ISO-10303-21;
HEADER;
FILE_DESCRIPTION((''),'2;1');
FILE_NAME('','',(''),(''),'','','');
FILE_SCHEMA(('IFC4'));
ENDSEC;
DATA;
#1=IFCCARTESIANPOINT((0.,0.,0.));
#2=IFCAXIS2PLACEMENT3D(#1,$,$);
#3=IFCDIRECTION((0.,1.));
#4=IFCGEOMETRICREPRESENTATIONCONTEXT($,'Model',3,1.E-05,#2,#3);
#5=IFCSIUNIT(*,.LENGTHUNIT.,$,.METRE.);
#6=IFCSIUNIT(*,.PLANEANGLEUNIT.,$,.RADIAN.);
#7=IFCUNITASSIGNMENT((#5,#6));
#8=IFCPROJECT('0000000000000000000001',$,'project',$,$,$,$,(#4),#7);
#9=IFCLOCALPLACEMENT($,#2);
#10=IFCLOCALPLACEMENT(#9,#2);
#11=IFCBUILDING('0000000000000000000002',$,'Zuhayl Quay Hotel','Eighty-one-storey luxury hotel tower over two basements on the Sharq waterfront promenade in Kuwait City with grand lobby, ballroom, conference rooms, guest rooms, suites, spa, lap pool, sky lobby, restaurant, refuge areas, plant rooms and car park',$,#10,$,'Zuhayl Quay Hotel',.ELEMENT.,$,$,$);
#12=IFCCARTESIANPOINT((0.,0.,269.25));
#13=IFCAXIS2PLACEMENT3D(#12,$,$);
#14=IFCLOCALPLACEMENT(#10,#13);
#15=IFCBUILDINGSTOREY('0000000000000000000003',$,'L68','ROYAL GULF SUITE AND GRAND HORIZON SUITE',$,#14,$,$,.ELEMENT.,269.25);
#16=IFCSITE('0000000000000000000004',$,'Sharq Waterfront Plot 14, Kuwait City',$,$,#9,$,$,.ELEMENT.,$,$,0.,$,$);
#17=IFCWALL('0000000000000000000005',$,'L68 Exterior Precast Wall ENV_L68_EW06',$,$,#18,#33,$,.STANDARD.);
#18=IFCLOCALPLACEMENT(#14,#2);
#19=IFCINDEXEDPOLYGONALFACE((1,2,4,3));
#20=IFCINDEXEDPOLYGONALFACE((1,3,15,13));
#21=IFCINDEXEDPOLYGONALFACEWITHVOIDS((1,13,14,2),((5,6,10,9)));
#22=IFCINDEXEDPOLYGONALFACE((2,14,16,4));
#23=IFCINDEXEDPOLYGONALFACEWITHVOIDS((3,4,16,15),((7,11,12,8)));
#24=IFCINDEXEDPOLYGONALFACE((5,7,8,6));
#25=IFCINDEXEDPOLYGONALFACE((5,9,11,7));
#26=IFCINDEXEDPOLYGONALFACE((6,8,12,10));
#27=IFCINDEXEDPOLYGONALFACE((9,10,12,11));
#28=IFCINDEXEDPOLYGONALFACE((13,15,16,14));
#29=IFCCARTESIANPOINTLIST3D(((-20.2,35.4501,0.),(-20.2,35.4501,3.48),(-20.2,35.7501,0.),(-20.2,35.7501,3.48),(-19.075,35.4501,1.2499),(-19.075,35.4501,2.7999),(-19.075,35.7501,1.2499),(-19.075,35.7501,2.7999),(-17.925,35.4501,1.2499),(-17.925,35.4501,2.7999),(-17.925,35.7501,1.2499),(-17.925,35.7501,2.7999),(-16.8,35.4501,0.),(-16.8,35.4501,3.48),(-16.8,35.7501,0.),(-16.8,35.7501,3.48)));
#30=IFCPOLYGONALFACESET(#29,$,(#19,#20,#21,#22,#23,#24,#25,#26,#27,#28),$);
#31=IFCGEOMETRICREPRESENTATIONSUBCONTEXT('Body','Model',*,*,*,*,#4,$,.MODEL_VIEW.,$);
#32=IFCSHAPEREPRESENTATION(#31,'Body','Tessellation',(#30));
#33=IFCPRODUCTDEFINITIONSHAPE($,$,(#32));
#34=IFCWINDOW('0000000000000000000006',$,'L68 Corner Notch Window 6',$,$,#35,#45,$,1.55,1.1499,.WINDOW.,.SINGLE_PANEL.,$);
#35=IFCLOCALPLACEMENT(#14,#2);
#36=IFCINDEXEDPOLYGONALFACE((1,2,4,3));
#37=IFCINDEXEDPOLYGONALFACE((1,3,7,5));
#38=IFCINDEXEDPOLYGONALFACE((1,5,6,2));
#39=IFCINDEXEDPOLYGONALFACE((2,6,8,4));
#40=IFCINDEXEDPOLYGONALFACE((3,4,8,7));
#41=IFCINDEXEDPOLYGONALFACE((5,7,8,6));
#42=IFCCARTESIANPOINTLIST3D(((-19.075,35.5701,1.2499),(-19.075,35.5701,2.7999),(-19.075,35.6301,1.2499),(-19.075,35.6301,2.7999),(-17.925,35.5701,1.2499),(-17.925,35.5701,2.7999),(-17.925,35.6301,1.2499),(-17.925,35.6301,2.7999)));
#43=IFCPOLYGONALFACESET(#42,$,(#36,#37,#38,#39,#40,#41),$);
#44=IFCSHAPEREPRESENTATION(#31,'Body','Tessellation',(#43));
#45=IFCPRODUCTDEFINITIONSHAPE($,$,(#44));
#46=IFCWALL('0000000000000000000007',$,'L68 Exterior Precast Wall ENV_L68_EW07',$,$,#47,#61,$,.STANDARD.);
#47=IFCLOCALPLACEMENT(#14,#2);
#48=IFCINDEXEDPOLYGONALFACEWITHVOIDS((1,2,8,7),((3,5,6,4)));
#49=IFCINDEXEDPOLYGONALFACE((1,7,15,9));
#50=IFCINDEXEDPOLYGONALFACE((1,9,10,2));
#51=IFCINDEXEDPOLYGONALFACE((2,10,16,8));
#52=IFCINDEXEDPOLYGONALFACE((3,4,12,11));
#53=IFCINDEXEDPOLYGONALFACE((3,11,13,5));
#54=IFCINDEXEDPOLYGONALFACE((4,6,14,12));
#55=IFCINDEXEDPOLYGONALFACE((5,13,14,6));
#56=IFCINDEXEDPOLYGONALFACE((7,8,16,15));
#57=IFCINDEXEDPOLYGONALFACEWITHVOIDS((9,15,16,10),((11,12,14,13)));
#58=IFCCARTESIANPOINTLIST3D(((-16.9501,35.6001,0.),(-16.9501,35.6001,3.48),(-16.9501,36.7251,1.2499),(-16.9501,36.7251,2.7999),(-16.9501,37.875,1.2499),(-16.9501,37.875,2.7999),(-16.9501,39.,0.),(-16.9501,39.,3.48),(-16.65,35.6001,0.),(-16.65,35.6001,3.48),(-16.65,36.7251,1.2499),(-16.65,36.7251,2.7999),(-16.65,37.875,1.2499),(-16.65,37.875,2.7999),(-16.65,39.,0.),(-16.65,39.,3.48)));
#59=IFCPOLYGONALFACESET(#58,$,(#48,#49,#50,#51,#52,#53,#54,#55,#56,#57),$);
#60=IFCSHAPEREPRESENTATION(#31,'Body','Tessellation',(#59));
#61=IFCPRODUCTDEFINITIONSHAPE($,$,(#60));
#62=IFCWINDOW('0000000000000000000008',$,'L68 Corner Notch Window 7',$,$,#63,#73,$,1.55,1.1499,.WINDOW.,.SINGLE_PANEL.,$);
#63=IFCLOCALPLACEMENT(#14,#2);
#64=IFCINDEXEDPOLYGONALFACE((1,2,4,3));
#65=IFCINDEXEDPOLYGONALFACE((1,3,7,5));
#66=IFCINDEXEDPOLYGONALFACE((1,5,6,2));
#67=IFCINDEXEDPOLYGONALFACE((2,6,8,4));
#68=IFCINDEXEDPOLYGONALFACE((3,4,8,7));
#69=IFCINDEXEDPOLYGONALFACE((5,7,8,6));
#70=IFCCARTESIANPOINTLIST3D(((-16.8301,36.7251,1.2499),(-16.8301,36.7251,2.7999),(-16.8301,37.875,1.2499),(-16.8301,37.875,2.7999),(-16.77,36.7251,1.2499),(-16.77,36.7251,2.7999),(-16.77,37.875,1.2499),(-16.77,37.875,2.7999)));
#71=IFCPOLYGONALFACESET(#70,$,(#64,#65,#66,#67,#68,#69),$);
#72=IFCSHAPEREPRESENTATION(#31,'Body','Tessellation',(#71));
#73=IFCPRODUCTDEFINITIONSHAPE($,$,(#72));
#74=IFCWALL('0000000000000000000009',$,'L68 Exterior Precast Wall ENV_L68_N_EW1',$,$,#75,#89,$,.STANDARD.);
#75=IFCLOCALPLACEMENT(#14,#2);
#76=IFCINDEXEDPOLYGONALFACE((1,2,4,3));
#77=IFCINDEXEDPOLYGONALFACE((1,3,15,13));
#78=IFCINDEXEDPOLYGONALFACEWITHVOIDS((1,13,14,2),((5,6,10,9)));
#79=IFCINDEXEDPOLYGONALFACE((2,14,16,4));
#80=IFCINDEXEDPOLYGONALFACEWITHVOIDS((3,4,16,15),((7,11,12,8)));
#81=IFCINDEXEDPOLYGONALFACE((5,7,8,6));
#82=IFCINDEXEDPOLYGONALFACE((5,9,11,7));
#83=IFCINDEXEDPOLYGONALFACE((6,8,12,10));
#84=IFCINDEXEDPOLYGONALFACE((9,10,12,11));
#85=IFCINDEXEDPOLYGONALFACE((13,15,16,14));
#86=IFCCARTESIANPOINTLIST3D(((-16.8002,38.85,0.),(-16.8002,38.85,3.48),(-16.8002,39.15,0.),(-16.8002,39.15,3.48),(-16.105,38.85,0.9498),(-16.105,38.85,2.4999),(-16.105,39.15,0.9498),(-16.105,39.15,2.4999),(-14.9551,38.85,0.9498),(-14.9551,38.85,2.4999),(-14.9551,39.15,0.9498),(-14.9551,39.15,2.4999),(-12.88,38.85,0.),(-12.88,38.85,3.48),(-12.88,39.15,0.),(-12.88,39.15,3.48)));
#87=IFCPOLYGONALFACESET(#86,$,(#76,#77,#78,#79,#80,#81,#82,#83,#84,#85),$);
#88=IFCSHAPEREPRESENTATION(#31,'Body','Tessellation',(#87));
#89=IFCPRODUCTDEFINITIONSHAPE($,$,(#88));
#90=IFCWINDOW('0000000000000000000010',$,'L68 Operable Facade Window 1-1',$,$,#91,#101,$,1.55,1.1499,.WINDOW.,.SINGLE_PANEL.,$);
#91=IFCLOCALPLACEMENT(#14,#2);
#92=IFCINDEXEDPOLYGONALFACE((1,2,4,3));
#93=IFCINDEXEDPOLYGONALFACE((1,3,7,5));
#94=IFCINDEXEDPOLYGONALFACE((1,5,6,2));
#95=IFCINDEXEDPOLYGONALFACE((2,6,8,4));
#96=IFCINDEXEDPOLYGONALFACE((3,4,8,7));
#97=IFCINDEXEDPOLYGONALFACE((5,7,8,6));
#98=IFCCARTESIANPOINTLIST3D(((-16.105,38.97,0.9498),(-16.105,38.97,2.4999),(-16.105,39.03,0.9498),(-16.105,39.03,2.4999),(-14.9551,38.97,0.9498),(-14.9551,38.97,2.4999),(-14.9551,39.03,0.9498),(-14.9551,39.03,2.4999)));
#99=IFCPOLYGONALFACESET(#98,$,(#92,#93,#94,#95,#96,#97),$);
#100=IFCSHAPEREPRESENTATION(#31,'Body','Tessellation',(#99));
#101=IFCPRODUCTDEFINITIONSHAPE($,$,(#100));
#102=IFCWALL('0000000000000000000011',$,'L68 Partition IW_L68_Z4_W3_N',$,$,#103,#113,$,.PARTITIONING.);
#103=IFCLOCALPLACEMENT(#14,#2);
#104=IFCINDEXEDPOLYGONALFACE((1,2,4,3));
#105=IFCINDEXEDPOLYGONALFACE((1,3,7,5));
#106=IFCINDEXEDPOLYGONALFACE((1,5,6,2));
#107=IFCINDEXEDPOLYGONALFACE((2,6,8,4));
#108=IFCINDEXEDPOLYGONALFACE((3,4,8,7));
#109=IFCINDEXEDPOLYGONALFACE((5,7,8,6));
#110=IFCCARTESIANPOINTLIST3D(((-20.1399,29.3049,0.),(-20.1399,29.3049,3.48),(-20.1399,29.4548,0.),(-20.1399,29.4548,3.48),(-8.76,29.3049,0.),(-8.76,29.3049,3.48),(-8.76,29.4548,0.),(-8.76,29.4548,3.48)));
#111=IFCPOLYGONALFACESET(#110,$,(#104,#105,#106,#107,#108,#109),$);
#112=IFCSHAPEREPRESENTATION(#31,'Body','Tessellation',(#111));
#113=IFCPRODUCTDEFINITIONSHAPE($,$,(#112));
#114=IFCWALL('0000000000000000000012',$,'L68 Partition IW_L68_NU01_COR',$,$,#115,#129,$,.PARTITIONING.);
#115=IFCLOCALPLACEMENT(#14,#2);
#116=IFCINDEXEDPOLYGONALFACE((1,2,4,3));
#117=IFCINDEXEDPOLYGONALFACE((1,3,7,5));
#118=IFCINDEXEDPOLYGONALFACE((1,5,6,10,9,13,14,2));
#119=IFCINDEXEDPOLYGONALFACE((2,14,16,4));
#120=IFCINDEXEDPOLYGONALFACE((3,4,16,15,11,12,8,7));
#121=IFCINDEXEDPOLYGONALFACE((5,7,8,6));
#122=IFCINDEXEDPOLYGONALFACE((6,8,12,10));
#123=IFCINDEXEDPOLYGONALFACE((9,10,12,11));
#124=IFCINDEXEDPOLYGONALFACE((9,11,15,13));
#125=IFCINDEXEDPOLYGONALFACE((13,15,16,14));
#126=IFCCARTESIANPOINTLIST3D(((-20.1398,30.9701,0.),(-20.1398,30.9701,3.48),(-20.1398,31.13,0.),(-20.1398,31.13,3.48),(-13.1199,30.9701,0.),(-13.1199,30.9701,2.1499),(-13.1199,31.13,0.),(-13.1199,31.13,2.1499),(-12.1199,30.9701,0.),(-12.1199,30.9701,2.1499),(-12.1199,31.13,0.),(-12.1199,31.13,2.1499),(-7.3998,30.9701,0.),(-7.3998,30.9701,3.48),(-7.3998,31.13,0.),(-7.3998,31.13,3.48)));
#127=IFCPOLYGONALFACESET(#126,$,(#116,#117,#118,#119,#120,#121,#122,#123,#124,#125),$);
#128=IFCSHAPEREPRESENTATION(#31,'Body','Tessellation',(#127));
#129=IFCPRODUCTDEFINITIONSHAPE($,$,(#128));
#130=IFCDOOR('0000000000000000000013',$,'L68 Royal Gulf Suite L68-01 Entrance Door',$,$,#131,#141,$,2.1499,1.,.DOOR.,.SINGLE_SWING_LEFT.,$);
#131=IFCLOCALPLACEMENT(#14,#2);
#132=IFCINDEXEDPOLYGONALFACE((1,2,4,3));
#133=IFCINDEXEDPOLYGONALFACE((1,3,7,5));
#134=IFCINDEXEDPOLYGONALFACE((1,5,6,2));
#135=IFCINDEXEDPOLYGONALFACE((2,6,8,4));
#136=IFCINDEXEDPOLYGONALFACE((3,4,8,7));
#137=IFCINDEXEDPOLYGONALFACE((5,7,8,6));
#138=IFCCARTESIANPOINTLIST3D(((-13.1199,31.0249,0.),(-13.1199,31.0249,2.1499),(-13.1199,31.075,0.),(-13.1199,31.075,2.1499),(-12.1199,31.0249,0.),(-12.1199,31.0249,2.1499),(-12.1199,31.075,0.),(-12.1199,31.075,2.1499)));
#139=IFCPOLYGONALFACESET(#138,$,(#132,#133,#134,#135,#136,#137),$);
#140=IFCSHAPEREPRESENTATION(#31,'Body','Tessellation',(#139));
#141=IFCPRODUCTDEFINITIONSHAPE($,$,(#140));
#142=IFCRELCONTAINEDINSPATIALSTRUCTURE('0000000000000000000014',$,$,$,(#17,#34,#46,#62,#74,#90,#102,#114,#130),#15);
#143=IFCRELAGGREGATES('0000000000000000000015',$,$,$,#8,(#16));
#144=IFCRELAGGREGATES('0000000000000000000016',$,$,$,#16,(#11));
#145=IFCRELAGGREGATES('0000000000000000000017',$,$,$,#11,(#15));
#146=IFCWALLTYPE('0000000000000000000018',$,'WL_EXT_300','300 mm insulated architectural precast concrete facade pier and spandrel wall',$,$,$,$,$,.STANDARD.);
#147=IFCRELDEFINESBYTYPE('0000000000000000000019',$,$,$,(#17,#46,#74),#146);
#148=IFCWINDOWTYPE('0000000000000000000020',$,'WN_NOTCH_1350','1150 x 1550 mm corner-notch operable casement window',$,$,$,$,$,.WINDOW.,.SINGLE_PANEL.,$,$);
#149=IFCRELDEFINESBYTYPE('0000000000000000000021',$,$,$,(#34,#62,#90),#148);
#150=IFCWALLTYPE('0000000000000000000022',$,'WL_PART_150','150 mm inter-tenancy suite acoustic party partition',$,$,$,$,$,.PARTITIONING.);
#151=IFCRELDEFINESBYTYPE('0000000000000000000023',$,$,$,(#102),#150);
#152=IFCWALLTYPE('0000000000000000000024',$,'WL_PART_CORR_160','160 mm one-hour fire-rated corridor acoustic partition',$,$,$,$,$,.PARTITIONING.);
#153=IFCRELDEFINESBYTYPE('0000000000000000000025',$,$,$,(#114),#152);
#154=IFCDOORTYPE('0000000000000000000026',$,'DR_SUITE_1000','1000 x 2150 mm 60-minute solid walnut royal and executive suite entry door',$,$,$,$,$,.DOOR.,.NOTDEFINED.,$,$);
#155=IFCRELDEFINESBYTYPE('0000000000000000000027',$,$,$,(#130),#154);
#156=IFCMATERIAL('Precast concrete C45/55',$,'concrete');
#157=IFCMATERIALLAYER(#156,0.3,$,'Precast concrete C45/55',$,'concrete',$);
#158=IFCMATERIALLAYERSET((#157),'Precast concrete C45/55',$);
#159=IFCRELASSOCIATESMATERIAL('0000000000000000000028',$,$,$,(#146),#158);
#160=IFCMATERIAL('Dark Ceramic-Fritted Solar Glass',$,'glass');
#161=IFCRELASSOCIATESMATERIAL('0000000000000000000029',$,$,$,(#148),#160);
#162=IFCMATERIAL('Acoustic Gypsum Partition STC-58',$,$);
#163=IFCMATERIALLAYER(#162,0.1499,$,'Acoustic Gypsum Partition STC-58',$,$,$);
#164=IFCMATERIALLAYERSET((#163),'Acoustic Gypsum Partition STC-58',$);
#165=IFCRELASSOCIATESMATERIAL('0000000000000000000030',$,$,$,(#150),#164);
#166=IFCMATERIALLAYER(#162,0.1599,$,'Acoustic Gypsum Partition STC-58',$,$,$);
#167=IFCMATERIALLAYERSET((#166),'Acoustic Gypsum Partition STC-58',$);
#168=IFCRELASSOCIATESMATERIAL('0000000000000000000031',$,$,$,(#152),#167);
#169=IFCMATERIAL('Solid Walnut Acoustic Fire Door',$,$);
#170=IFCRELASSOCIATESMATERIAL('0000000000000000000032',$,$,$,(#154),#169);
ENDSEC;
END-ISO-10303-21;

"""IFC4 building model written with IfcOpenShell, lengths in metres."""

from ifc_helpers import new_model, si_unit, direction, frame, frame_2d, origin, place, context, subcontext, project, spatial, rectangle, extrude, material, layer, layer_set, type_object, element, fill, save


model = new_model("IFC4")

# Units and contexts
model_context = context("Model", 3, precision=1e-05, world=origin(), true_north=direction((0.0, 1.0)))
body_context = subcontext(model_context, "Body", "Model", "MODEL_VIEW")
ifc_project = project(units=[si_unit("LENGTHUNIT", "METRE"), si_unit("PLANEANGLEUNIT", "RADIAN")], contexts=[model_context])

# Site, building, storey
site_placement = place(None, origin())
site = spatial("IfcSite", under=ifc_project, at=site_placement, Name="Sharq Waterfront Plot 14, Kuwait City", CompositionType="ELEMENT", RefElevation=0.0)
building_placement = place(site_placement, origin())
building = spatial("IfcBuilding", under=site, at=building_placement, Name="Zuhayl Quay Hotel", Description="Eighty-one-storey luxury hotel tower over two basements on the Sharq waterfront promenade in Kuwait City with grand lobby, ballroom, conference rooms, guest rooms, suites, spa, lap pool, sky lobby, restaurant, refuge areas, plant rooms and car park", LongName="Zuhayl Quay Hotel", CompositionType="ELEMENT")
storey_placement = place(building_placement, frame((0.0, 0.0, 269.25)))
storey = spatial("IfcBuildingStorey", under=building, at=storey_placement, Name="L68", Description="ROYAL GULF SUITE AND GRAND HORIZON SUITE", CompositionType="ELEMENT", Elevation=269.25)

# Shared definitions
ifc_material_1 = material(Name="Dark Ceramic-Fritted Solar Glass", Category="glass")

# Walls, openings, windows
ifc_material_2 = material(Name="Precast concrete C45/55", Category="concrete")
ifc_layer_1 = layer(ifc_material_2, 0.3, Name="Precast concrete C45/55", Category="concrete")
ifc_layer_set_1 = layer_set([ifc_layer_1], Name="Precast concrete C45/55")
wall_type_1 = type_object("IfcWallType", Name="WL_EXT_300", Description="300 mm insulated architectural precast concrete facade pier and spandrel wall", PredefinedType="STANDARD", material=ifc_layer_set_1)
wall_1_placement = place(storey_placement, frame((-20.2, 35.6001, 0.0), z_axis=(0.0, 0.0, 1.0), x_axis=(1.0, 0.0, 0.0)))
wall_1 = element("IfcWall", 1, at=wall_1_placement, inside=storey, type_object=wall_type_1, Name="L68 Exterior Precast Wall ENV_L68_EW06", PredefinedType="STANDARD", context=body_context, shape_type="SweptSolid", body=[
    extrude(rectangle(XDim=3.3999, YDim=0.3, at=frame_2d((1.7, 0.0))), origin(), (0.0, 0.0, 1.0), 3.48),
])
opening_1_placement = place(wall_1_placement, frame((1.125, 0.0, 1.25)))
opening_1 = element("IfcOpeningElement", 2, at=opening_1_placement, cuts=wall_1, PredefinedType="OPENING", context=body_context, shape_type="SweptSolid", body=[
    extrude(rectangle(XDim=1.1499, YDim=1.55, at=frame_2d((0.575, 0.7749))), frame((0.0, 0.1599, 0.0), z_axis=(0.0, -1.0, 0.0), x_axis=(1.0, 0.0, 0.0)), (0.0, 0.0, 1.0), 0.3201),
])
window_type = type_object("IfcWindowType", Name="WN_NOTCH_1350", Description="1150 x 1550 mm corner-notch operable casement window", PartitioningType="SINGLE_PANEL", PredefinedType="WINDOW", material=ifc_material_1)
window_1_placement = place(opening_1_placement, origin())
window_1 = element("IfcWindow", 3, at=window_1_placement, inside=storey, type_object=window_type, Name="L68 Corner Notch Window 6", OverallHeight=1.55, OverallWidth=1.1499, PartitioningType="SINGLE_PANEL", PredefinedType="WINDOW", context=body_context, shape_type="SweptSolid", body=[
    extrude(rectangle(XDim=1.1499, YDim=1.55, at=frame_2d((0.575, 0.7749))), frame((0.0, 0.03, 0.0), z_axis=(0.0, -1.0, 0.0), x_axis=(1.0, 0.0, 0.0)), (0.0, 0.0, 1.0), 0.0601),
])
fill(opening_1, window_1)
wall_2_placement = place(storey_placement, frame((-16.8, 35.6001, 0.0), z_axis=(0.0, 0.0, 1.0), x_axis=(0.0, 1.0, 0.0)))
wall_2 = element("IfcWall", 4, at=wall_2_placement, inside=storey, type_object=wall_type_1, Name="L68 Exterior Precast Wall ENV_L68_EW07", PredefinedType="STANDARD", context=body_context, shape_type="SweptSolid", body=[
    extrude(rectangle(XDim=3.3999, YDim=0.3, at=frame_2d((1.7, 0.0))), origin(), (0.0, 0.0, 1.0), 3.48),
])
opening_2_placement = place(wall_2_placement, frame((1.125, 0.0, 1.25)))
opening_2 = element("IfcOpeningElement", 5, at=opening_2_placement, cuts=wall_2, PredefinedType="OPENING", context=body_context, shape_type="SweptSolid", body=[
    extrude(rectangle(XDim=1.1499, YDim=1.55, at=frame_2d((0.575, 0.7749))), frame((0.0, 0.1599, 0.0), z_axis=(0.0, -1.0, 0.0), x_axis=(1.0, 0.0, 0.0)), (0.0, 0.0, 1.0), 0.3201),
])
window_2_placement = place(opening_2_placement, origin())
window_2 = element("IfcWindow", 6, at=window_2_placement, inside=storey, type_object=window_type, Name="L68 Corner Notch Window 7", OverallHeight=1.55, OverallWidth=1.1499, PartitioningType="SINGLE_PANEL", PredefinedType="WINDOW", context=body_context, shape_type="SweptSolid", body=[
    extrude(rectangle(XDim=1.1499, YDim=1.55, at=frame_2d((0.575, 0.7749))), frame((0.0, 0.03, 0.0), z_axis=(0.0, -1.0, 0.0), x_axis=(1.0, 0.0, 0.0)), (0.0, 0.0, 1.0), 0.0601),
])
fill(opening_2, window_2)
wall_3_placement = place(storey_placement, frame((-16.8, 39.0, 0.0), z_axis=(0.0, 0.0, 1.0), x_axis=(1.0, 0.0, 0.0)))
wall_3 = element("IfcWall", 7, at=wall_3_placement, inside=storey, type_object=wall_type_1, Name="L68 Exterior Precast Wall ENV_L68_N_EW1", PredefinedType="STANDARD", context=body_context, shape_type="SweptSolid", body=[
    extrude(rectangle(XDim=3.9202, YDim=0.3, at=frame_2d((1.96, 0.0))), origin(), (0.0, 0.0, 1.0), 3.48),
])
opening_3_placement = place(wall_3_placement, frame((0.6951, 0.0, 0.95)))
opening_3 = element("IfcOpeningElement", 8, at=opening_3_placement, cuts=wall_3, PredefinedType="OPENING", context=body_context, shape_type="SweptSolid", body=[
    extrude(rectangle(XDim=1.1499, YDim=1.55, at=frame_2d((0.575, 0.7749))), frame((0.0, 0.1599, 0.0), z_axis=(0.0, -1.0, 0.0), x_axis=(1.0, 0.0, 0.0)), (0.0, 0.0, 1.0), 0.3201),
])
window_3_placement = place(opening_3_placement, origin())
window_3 = element("IfcWindow", 9, at=window_3_placement, inside=storey, type_object=window_type, Name="L68 Operable Facade Window 1-1", OverallHeight=1.55, OverallWidth=1.1499, PartitioningType="SINGLE_PANEL", PredefinedType="WINDOW", context=body_context, shape_type="SweptSolid", body=[
    extrude(rectangle(XDim=1.1499, YDim=1.55, at=frame_2d((0.575, 0.7749))), frame((0.0, 0.03, 0.0), z_axis=(0.0, -1.0, 0.0), x_axis=(1.0, 0.0, 0.0)), (0.0, 0.0, 1.0), 0.0601),
])
fill(opening_3, window_3)

# Wall
ifc_material_3 = material(Name="Acoustic Gypsum Partition STC-58")
ifc_layer_2 = layer(ifc_material_3, 0.1499, Name="Acoustic Gypsum Partition STC-58")
ifc_layer_set_2 = layer_set([ifc_layer_2], Name="Acoustic Gypsum Partition STC-58")
wall_type_2 = type_object("IfcWallType", Name="WL_PART_150", Description="150 mm inter-tenancy suite acoustic party partition", PredefinedType="PARTITIONING", material=ifc_layer_set_2)
wall_4_placement = place(storey_placement, frame((-20.1399, 29.3799, 0.0), z_axis=(0.0, 0.0, 1.0), x_axis=(1.0, 0.0, 0.0)))
element("IfcWall", 10, at=wall_4_placement, inside=storey, type_object=wall_type_2, Name="L68 Partition IW_L68_Z4_W3_N", PredefinedType="PARTITIONING", context=body_context, shape_type="SweptSolid", body=[
    extrude(rectangle(XDim=11.3799, YDim=0.1499, at=frame_2d((5.6899, 0.0))), origin(), (0.0, 0.0, 1.0), 3.48),
])

# Wall, opening, door
ifc_layer_3 = layer(ifc_material_3, 0.1599, Name="Acoustic Gypsum Partition STC-58")
ifc_layer_set_3 = layer_set([ifc_layer_3], Name="Acoustic Gypsum Partition STC-58")
wall_type_3 = type_object("IfcWallType", Name="WL_PART_CORR_160", Description="160 mm one-hour fire-rated corridor acoustic partition", PredefinedType="PARTITIONING", material=ifc_layer_set_3)
wall_5_placement = place(storey_placement, frame((-20.1399, 31.05, 0.0), z_axis=(0.0, 0.0, 1.0), x_axis=(1.0, 0.0, 0.0)))
wall_5 = element("IfcWall", 11, at=wall_5_placement, inside=storey, type_object=wall_type_3, Name="L68 Partition IW_L68_NU01_COR", PredefinedType="PARTITIONING", context=body_context, shape_type="SweptSolid", body=[
    extrude(rectangle(XDim=12.74, YDim=0.1599, at=frame_2d((6.3701, 0.0))), origin(), (0.0, 0.0, 1.0), 3.48),
])
opening_4_placement = place(wall_5_placement, frame((7.02, 0.0, 0.0)))
opening_4 = element("IfcOpeningElement", 12, at=opening_4_placement, cuts=wall_5, PredefinedType="OPENING", context=body_context, shape_type="SweptSolid", body=[
    extrude(rectangle(XDim=1.0, YDim=2.1499, at=frame_2d((0.5, 1.075))), frame((0.0, 0.0898, 0.0), z_axis=(0.0, -1.0, 0.0), x_axis=(1.0, 0.0, 0.0)), (0.0, 0.0, 1.0), 0.1799),
])
ifc_material_4 = material(Name="Solid Walnut Acoustic Fire Door")
door_type_1 = type_object("IfcDoorType", Name="DR_SUITE_1000", Description="1000 x 2150 mm 60-minute solid walnut royal and executive suite entry door", OperationType="NOTDEFINED", PredefinedType="DOOR", material=ifc_material_4)
door_1_placement = place(opening_4_placement, origin())
door_1 = element("IfcDoor", 13, at=door_1_placement, inside=storey, type_object=door_type_1, Name="L68 Royal Gulf Suite L68-01 Entrance Door", OperationType="SINGLE_SWING_LEFT", OverallHeight=2.1499, OverallWidth=1.0, PredefinedType="DOOR", context=body_context, shape_type="SweptSolid", body=[
    extrude(rectangle(XDim=1.0, YDim=2.1499, at=frame_2d((0.5, 1.075))), frame((0.0, 0.0249, 0.0), z_axis=(0.0, -1.0, 0.0), x_axis=(1.0, 0.0, 0.0)), (0.0, 0.0, 1.0), 0.05),
])
fill(opening_4, door_1)

save(model, "model.ifc")
